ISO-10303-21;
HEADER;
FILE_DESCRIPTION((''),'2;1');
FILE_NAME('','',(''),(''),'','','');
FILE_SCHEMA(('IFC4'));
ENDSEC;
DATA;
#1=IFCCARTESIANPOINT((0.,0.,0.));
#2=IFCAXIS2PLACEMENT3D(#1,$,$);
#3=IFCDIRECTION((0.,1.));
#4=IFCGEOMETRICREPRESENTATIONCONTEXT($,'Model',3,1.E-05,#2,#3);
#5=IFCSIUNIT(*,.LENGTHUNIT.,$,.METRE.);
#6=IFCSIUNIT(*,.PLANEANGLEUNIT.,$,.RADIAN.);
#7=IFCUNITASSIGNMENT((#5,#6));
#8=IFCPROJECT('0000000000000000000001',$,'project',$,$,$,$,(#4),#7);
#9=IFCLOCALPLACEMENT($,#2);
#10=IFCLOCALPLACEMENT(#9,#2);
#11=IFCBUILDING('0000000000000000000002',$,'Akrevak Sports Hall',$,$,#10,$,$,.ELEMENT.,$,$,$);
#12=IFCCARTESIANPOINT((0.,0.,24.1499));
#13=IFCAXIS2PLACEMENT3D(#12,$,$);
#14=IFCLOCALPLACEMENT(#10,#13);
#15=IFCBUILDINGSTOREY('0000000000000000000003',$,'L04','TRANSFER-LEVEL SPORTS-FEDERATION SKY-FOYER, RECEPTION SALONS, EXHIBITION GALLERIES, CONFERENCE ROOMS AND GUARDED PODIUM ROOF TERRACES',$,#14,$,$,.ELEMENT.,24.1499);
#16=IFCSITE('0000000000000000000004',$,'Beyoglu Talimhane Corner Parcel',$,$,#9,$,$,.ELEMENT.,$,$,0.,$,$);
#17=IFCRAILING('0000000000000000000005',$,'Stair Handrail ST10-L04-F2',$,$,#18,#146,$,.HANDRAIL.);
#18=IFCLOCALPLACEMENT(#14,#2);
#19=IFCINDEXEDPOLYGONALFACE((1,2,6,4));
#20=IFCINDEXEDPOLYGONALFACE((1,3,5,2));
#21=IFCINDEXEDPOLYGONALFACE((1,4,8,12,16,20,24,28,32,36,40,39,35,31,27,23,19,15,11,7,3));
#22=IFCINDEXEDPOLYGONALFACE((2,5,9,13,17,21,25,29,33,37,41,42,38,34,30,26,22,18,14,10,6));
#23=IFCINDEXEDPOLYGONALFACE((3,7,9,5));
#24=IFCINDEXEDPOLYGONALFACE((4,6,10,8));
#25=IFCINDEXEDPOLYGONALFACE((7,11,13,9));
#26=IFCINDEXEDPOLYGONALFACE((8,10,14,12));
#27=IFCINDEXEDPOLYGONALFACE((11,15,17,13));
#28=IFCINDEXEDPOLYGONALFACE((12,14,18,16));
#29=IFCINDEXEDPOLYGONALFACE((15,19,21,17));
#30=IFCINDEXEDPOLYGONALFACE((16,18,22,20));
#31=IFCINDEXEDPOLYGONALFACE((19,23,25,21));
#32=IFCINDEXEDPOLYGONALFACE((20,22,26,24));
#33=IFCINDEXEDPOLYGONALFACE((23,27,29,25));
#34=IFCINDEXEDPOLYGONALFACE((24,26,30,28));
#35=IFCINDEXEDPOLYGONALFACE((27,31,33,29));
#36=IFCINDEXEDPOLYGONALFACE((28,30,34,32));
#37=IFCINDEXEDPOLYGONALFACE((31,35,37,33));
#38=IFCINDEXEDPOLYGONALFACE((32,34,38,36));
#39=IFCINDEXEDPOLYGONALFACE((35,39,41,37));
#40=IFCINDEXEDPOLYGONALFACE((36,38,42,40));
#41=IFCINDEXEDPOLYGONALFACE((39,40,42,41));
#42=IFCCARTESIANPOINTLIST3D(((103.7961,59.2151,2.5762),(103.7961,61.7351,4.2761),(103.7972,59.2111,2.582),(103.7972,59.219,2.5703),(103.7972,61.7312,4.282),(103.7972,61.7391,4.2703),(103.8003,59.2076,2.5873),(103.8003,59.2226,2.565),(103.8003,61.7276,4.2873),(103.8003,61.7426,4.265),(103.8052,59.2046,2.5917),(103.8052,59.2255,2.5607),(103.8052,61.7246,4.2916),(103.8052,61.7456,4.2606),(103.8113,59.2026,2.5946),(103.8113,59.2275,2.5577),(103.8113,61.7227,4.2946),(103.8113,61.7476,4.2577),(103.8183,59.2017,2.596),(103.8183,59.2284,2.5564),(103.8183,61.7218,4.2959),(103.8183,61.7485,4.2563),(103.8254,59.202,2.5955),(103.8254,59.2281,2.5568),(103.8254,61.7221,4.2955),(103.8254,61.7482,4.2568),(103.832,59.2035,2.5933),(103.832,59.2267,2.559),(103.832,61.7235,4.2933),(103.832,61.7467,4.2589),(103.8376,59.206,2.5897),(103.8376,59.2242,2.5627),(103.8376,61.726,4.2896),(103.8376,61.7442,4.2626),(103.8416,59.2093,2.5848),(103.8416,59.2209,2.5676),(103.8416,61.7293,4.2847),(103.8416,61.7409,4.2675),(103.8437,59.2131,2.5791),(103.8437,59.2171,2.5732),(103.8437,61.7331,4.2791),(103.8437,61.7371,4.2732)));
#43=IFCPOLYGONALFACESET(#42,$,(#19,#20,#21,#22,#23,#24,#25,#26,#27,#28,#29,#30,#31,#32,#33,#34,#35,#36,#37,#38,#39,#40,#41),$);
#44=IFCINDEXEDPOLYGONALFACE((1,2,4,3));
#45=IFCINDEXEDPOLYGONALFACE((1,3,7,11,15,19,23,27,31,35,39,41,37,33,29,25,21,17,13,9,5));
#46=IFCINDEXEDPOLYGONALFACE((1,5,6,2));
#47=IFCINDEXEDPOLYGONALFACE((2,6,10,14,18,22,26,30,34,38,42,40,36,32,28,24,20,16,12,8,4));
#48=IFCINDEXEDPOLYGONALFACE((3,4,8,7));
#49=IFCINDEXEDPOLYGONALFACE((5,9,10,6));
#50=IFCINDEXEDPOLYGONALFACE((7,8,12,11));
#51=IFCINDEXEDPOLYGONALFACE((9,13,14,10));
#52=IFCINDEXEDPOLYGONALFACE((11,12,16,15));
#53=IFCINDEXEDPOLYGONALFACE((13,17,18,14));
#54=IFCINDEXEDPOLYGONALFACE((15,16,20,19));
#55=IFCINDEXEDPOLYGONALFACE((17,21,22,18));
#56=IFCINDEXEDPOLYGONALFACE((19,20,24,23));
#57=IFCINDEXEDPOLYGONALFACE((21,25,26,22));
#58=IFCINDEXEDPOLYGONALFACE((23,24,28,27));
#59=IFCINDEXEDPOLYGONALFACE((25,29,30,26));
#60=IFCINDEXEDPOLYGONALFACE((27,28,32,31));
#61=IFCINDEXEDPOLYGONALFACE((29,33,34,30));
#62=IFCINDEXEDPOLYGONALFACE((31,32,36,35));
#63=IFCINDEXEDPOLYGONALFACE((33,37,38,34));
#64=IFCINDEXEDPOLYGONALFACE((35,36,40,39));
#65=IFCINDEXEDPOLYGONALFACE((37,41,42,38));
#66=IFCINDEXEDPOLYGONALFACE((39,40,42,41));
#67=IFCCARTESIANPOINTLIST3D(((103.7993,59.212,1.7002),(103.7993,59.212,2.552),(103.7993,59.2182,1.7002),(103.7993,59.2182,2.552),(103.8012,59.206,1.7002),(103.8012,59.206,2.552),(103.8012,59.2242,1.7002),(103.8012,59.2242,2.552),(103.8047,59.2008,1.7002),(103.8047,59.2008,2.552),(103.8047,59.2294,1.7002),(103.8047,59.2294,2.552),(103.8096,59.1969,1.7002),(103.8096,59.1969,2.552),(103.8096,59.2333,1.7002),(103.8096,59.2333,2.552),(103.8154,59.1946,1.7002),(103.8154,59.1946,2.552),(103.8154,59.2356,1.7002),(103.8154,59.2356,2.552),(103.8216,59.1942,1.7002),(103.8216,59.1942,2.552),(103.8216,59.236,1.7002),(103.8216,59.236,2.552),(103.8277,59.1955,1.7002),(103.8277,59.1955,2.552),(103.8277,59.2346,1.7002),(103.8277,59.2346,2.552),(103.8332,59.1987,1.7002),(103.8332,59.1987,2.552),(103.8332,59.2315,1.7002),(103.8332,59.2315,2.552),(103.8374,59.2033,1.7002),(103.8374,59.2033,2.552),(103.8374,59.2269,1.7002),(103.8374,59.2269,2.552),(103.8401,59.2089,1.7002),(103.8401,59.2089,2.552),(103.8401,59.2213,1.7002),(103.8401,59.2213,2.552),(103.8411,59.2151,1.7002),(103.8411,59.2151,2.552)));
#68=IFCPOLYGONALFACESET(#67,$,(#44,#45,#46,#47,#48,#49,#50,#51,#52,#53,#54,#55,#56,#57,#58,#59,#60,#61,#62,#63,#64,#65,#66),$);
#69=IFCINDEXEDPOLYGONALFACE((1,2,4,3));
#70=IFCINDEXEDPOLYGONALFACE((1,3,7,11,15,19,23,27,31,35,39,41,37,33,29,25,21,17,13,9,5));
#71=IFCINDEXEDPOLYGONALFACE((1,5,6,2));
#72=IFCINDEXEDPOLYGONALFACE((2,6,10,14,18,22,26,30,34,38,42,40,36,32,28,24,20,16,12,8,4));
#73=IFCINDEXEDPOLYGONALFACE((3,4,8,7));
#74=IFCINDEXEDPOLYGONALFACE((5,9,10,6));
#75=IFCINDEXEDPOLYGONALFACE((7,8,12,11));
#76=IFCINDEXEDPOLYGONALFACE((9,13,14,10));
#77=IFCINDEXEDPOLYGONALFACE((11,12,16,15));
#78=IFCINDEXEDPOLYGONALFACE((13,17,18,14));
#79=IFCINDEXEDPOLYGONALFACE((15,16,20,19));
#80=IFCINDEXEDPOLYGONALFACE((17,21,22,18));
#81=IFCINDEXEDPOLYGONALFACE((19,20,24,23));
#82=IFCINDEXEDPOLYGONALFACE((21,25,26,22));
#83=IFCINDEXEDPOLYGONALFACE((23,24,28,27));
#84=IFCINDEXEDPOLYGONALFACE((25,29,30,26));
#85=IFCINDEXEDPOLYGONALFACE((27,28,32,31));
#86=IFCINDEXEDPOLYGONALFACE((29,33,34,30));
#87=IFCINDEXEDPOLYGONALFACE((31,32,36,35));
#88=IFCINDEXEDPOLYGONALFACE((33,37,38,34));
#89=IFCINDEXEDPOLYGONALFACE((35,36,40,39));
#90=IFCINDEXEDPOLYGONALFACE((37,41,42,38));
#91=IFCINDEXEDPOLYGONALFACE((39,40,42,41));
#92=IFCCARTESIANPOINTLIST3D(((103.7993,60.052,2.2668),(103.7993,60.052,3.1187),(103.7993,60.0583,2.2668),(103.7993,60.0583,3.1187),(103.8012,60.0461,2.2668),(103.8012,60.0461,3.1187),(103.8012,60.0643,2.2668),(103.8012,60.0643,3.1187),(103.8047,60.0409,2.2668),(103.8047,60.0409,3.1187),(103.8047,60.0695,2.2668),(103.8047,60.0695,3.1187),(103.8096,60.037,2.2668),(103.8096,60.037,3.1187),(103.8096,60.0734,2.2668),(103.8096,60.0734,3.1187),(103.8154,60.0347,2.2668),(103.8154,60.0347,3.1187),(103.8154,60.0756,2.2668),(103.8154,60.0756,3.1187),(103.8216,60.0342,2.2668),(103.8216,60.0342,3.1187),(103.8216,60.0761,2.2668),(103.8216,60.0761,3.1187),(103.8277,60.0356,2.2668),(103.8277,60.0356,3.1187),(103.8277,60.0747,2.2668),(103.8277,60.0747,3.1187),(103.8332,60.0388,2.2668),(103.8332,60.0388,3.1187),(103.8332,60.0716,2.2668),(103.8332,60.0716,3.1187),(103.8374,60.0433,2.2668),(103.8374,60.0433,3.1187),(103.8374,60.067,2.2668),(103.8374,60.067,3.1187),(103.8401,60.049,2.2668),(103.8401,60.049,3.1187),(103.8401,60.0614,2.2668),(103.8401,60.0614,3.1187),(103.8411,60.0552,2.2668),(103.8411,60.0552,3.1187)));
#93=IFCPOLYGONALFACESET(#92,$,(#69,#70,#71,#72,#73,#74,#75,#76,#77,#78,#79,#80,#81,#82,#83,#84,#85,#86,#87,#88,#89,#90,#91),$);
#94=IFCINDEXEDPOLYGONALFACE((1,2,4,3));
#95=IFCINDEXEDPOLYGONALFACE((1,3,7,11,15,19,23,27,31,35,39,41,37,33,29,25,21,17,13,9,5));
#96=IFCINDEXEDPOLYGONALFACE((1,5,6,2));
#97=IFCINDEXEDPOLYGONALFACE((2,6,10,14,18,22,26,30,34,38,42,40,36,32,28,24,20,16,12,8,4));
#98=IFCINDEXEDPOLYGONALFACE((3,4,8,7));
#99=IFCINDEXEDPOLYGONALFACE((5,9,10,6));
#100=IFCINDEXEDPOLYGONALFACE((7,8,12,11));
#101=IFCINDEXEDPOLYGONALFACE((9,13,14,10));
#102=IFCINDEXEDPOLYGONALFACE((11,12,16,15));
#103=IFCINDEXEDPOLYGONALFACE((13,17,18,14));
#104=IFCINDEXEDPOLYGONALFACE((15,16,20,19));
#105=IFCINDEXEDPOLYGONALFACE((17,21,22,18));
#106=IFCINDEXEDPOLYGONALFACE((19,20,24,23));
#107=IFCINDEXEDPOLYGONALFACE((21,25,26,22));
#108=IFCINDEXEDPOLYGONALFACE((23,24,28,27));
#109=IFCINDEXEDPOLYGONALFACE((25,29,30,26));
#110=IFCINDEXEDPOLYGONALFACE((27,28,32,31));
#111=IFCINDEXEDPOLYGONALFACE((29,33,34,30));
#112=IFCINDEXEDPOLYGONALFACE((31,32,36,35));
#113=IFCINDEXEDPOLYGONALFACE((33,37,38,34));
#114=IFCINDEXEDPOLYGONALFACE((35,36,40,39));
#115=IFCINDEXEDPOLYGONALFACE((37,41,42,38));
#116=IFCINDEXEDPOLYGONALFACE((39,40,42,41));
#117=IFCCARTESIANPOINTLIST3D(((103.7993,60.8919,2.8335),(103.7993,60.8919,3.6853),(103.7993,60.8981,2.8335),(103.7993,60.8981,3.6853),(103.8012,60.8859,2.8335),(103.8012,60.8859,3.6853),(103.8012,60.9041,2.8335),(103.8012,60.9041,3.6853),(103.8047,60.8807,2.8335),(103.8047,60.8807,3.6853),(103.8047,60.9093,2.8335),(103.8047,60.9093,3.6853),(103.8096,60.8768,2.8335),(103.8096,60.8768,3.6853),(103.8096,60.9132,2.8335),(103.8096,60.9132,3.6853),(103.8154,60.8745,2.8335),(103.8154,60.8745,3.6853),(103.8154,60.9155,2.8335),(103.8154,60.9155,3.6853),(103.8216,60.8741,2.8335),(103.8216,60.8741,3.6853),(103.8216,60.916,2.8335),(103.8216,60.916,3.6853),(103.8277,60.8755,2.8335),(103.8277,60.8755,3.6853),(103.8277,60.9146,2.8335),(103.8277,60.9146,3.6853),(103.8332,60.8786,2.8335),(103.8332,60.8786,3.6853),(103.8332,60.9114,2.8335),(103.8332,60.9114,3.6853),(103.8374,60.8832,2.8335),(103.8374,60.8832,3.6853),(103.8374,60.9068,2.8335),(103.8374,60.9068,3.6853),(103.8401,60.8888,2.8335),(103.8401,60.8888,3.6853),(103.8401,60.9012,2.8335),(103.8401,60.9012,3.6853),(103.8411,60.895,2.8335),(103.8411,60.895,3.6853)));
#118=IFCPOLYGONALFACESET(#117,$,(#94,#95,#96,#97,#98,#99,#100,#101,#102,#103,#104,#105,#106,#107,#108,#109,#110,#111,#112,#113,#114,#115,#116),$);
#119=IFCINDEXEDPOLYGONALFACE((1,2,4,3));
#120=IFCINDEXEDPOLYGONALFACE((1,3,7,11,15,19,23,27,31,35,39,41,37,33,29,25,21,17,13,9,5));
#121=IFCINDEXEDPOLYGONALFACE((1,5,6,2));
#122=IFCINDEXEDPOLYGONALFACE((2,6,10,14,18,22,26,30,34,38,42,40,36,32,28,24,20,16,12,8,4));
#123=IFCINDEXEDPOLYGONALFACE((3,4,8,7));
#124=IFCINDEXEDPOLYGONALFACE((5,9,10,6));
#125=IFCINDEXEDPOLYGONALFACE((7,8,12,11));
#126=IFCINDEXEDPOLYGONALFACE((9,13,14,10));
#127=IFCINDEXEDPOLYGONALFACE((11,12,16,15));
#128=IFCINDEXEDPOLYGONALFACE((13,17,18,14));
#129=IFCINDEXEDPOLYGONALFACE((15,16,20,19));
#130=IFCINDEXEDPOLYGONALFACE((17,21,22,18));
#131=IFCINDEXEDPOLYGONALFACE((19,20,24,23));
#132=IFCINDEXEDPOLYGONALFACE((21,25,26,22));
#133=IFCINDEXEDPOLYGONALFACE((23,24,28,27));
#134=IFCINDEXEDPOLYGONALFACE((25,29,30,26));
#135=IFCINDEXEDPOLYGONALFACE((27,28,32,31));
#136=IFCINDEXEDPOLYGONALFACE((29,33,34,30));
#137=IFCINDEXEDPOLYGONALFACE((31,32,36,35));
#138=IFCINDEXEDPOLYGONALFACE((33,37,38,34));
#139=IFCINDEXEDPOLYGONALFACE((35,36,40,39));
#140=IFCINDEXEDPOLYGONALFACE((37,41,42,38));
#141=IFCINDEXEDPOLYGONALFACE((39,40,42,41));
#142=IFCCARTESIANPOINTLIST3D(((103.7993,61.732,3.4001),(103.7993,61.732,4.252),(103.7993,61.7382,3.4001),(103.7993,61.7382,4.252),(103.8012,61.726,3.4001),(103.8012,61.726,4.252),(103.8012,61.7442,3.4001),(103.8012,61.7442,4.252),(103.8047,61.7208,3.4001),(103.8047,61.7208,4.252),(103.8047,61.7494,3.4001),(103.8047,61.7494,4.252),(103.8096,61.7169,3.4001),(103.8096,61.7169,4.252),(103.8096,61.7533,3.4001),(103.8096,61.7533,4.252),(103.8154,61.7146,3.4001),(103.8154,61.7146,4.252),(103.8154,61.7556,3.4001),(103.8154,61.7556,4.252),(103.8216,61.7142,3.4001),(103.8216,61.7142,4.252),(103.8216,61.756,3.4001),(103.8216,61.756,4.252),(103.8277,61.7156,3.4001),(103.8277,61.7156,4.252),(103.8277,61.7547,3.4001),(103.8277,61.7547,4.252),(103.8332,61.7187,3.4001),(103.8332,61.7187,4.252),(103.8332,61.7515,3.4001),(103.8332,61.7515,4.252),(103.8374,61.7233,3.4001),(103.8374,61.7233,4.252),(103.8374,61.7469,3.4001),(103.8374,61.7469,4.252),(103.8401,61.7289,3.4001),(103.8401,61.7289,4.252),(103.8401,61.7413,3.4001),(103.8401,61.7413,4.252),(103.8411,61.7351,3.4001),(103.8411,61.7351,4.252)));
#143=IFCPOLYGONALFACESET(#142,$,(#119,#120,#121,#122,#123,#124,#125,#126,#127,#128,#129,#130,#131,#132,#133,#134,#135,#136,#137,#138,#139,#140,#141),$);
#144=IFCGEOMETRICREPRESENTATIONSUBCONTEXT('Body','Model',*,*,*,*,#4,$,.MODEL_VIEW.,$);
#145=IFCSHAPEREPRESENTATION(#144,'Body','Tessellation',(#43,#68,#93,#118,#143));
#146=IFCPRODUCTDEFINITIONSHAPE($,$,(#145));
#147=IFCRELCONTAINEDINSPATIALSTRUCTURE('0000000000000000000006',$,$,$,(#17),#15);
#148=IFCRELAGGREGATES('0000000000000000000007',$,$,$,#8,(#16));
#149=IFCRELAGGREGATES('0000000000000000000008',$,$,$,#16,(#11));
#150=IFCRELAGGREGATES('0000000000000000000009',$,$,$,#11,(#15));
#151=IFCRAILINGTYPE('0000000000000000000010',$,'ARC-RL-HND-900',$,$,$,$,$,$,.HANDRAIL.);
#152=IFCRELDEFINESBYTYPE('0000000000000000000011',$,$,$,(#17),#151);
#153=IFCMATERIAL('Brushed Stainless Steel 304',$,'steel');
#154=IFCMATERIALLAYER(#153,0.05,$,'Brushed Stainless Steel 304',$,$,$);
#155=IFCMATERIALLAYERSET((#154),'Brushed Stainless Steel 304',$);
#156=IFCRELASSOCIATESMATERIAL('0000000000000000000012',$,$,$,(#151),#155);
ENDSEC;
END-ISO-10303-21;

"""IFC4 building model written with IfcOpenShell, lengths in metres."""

from ifc_helpers import new_model, si_unit, direction, frame, origin, origin_2d, place, context, subcontext, project, spatial, circle, extrude, material, layer, layer_set, type_object, element, save


model = new_model("IFC4")

# Units and contexts
model_context = context("Model", 3, precision=1e-05, world=origin(), true_north=direction((0.0, 1.0)))
body_context = subcontext(model_context, "Body", "Model", "MODEL_VIEW")
ifc_project = project(units=[si_unit("LENGTHUNIT", "METRE"), si_unit("PLANEANGLEUNIT", "RADIAN")], contexts=[model_context])

# Site, building, storey
site_placement = place(None, origin())
site = spatial("IfcSite", under=ifc_project, at=site_placement, Name="Beyoglu Talimhane Corner Parcel", CompositionType="ELEMENT", RefElevation=0.0)
building_placement = place(site_placement, origin())
building = spatial("IfcBuilding", under=site, at=building_placement, Name="Akrevak Sports Hall", CompositionType="ELEMENT")
storey_placement = place(building_placement, frame((0.0, 0.0, 24.1499)))
storey = spatial("IfcBuildingStorey", under=building, at=storey_placement, Name="L04", Description="TRANSFER-LEVEL SPORTS-FEDERATION SKY-FOYER, RECEPTION SALONS, EXHIBITION GALLERIES, CONFERENCE ROOMS AND GUARDED PODIUM ROOF TERRACES", CompositionType="ELEMENT", Elevation=24.1499)

# Railing
ifc_material_1 = material(Name="Brushed Stainless Steel 304", Category="steel")
ifc_layer_1 = layer(ifc_material_1, 0.05, Name="Brushed Stainless Steel 304")
ifc_layer_set_1 = layer_set([ifc_layer_1], Name="Brushed Stainless Steel 304")
railing_type_1 = type_object("IfcRailingType", Name="ARC-RL-HND-900", PredefinedType="HANDRAIL", material=ifc_layer_set_1)
railing_1_placement = place(storey_placement, frame((103.8201, 59.2151, 1.7002)))
element("IfcRailing", 1, at=railing_1_placement, inside=storey, type_object=railing_type_1, Name="Stair Handrail ST10-L04-F2", PredefinedType="HANDRAIL", context=body_context, shape_type="SweptSolid", body=[
    extrude(circle(Radius=0.0239, at=origin_2d()), frame((0.0, 0.0, 0.876), z_axis=(0.0, 0.829011, 0.559233), x_axis=(-1.0, 0.0, 0.0)), (0.0, 0.0, 1.0), 3.0398),
    extrude(circle(Radius=0.021, at=origin_2d()), origin(), (0.0, 0.0, 1.0), 0.8518),
    extrude(circle(Radius=0.021, at=origin_2d()), frame((0.0, 0.8401, 0.5667)), (0.0, 0.0, 1.0), 0.8518),
    extrude(circle(Radius=0.021, at=origin_2d()), frame((0.0, 1.6799, 1.1333)), (0.0, 0.0, 1.0), 0.8518),
    extrude(circle(Radius=0.021, at=origin_2d()), frame((0.0, 2.52, 1.7)), (0.0, 0.0, 1.0), 0.8518),
])

save(model, "model.ifc")
